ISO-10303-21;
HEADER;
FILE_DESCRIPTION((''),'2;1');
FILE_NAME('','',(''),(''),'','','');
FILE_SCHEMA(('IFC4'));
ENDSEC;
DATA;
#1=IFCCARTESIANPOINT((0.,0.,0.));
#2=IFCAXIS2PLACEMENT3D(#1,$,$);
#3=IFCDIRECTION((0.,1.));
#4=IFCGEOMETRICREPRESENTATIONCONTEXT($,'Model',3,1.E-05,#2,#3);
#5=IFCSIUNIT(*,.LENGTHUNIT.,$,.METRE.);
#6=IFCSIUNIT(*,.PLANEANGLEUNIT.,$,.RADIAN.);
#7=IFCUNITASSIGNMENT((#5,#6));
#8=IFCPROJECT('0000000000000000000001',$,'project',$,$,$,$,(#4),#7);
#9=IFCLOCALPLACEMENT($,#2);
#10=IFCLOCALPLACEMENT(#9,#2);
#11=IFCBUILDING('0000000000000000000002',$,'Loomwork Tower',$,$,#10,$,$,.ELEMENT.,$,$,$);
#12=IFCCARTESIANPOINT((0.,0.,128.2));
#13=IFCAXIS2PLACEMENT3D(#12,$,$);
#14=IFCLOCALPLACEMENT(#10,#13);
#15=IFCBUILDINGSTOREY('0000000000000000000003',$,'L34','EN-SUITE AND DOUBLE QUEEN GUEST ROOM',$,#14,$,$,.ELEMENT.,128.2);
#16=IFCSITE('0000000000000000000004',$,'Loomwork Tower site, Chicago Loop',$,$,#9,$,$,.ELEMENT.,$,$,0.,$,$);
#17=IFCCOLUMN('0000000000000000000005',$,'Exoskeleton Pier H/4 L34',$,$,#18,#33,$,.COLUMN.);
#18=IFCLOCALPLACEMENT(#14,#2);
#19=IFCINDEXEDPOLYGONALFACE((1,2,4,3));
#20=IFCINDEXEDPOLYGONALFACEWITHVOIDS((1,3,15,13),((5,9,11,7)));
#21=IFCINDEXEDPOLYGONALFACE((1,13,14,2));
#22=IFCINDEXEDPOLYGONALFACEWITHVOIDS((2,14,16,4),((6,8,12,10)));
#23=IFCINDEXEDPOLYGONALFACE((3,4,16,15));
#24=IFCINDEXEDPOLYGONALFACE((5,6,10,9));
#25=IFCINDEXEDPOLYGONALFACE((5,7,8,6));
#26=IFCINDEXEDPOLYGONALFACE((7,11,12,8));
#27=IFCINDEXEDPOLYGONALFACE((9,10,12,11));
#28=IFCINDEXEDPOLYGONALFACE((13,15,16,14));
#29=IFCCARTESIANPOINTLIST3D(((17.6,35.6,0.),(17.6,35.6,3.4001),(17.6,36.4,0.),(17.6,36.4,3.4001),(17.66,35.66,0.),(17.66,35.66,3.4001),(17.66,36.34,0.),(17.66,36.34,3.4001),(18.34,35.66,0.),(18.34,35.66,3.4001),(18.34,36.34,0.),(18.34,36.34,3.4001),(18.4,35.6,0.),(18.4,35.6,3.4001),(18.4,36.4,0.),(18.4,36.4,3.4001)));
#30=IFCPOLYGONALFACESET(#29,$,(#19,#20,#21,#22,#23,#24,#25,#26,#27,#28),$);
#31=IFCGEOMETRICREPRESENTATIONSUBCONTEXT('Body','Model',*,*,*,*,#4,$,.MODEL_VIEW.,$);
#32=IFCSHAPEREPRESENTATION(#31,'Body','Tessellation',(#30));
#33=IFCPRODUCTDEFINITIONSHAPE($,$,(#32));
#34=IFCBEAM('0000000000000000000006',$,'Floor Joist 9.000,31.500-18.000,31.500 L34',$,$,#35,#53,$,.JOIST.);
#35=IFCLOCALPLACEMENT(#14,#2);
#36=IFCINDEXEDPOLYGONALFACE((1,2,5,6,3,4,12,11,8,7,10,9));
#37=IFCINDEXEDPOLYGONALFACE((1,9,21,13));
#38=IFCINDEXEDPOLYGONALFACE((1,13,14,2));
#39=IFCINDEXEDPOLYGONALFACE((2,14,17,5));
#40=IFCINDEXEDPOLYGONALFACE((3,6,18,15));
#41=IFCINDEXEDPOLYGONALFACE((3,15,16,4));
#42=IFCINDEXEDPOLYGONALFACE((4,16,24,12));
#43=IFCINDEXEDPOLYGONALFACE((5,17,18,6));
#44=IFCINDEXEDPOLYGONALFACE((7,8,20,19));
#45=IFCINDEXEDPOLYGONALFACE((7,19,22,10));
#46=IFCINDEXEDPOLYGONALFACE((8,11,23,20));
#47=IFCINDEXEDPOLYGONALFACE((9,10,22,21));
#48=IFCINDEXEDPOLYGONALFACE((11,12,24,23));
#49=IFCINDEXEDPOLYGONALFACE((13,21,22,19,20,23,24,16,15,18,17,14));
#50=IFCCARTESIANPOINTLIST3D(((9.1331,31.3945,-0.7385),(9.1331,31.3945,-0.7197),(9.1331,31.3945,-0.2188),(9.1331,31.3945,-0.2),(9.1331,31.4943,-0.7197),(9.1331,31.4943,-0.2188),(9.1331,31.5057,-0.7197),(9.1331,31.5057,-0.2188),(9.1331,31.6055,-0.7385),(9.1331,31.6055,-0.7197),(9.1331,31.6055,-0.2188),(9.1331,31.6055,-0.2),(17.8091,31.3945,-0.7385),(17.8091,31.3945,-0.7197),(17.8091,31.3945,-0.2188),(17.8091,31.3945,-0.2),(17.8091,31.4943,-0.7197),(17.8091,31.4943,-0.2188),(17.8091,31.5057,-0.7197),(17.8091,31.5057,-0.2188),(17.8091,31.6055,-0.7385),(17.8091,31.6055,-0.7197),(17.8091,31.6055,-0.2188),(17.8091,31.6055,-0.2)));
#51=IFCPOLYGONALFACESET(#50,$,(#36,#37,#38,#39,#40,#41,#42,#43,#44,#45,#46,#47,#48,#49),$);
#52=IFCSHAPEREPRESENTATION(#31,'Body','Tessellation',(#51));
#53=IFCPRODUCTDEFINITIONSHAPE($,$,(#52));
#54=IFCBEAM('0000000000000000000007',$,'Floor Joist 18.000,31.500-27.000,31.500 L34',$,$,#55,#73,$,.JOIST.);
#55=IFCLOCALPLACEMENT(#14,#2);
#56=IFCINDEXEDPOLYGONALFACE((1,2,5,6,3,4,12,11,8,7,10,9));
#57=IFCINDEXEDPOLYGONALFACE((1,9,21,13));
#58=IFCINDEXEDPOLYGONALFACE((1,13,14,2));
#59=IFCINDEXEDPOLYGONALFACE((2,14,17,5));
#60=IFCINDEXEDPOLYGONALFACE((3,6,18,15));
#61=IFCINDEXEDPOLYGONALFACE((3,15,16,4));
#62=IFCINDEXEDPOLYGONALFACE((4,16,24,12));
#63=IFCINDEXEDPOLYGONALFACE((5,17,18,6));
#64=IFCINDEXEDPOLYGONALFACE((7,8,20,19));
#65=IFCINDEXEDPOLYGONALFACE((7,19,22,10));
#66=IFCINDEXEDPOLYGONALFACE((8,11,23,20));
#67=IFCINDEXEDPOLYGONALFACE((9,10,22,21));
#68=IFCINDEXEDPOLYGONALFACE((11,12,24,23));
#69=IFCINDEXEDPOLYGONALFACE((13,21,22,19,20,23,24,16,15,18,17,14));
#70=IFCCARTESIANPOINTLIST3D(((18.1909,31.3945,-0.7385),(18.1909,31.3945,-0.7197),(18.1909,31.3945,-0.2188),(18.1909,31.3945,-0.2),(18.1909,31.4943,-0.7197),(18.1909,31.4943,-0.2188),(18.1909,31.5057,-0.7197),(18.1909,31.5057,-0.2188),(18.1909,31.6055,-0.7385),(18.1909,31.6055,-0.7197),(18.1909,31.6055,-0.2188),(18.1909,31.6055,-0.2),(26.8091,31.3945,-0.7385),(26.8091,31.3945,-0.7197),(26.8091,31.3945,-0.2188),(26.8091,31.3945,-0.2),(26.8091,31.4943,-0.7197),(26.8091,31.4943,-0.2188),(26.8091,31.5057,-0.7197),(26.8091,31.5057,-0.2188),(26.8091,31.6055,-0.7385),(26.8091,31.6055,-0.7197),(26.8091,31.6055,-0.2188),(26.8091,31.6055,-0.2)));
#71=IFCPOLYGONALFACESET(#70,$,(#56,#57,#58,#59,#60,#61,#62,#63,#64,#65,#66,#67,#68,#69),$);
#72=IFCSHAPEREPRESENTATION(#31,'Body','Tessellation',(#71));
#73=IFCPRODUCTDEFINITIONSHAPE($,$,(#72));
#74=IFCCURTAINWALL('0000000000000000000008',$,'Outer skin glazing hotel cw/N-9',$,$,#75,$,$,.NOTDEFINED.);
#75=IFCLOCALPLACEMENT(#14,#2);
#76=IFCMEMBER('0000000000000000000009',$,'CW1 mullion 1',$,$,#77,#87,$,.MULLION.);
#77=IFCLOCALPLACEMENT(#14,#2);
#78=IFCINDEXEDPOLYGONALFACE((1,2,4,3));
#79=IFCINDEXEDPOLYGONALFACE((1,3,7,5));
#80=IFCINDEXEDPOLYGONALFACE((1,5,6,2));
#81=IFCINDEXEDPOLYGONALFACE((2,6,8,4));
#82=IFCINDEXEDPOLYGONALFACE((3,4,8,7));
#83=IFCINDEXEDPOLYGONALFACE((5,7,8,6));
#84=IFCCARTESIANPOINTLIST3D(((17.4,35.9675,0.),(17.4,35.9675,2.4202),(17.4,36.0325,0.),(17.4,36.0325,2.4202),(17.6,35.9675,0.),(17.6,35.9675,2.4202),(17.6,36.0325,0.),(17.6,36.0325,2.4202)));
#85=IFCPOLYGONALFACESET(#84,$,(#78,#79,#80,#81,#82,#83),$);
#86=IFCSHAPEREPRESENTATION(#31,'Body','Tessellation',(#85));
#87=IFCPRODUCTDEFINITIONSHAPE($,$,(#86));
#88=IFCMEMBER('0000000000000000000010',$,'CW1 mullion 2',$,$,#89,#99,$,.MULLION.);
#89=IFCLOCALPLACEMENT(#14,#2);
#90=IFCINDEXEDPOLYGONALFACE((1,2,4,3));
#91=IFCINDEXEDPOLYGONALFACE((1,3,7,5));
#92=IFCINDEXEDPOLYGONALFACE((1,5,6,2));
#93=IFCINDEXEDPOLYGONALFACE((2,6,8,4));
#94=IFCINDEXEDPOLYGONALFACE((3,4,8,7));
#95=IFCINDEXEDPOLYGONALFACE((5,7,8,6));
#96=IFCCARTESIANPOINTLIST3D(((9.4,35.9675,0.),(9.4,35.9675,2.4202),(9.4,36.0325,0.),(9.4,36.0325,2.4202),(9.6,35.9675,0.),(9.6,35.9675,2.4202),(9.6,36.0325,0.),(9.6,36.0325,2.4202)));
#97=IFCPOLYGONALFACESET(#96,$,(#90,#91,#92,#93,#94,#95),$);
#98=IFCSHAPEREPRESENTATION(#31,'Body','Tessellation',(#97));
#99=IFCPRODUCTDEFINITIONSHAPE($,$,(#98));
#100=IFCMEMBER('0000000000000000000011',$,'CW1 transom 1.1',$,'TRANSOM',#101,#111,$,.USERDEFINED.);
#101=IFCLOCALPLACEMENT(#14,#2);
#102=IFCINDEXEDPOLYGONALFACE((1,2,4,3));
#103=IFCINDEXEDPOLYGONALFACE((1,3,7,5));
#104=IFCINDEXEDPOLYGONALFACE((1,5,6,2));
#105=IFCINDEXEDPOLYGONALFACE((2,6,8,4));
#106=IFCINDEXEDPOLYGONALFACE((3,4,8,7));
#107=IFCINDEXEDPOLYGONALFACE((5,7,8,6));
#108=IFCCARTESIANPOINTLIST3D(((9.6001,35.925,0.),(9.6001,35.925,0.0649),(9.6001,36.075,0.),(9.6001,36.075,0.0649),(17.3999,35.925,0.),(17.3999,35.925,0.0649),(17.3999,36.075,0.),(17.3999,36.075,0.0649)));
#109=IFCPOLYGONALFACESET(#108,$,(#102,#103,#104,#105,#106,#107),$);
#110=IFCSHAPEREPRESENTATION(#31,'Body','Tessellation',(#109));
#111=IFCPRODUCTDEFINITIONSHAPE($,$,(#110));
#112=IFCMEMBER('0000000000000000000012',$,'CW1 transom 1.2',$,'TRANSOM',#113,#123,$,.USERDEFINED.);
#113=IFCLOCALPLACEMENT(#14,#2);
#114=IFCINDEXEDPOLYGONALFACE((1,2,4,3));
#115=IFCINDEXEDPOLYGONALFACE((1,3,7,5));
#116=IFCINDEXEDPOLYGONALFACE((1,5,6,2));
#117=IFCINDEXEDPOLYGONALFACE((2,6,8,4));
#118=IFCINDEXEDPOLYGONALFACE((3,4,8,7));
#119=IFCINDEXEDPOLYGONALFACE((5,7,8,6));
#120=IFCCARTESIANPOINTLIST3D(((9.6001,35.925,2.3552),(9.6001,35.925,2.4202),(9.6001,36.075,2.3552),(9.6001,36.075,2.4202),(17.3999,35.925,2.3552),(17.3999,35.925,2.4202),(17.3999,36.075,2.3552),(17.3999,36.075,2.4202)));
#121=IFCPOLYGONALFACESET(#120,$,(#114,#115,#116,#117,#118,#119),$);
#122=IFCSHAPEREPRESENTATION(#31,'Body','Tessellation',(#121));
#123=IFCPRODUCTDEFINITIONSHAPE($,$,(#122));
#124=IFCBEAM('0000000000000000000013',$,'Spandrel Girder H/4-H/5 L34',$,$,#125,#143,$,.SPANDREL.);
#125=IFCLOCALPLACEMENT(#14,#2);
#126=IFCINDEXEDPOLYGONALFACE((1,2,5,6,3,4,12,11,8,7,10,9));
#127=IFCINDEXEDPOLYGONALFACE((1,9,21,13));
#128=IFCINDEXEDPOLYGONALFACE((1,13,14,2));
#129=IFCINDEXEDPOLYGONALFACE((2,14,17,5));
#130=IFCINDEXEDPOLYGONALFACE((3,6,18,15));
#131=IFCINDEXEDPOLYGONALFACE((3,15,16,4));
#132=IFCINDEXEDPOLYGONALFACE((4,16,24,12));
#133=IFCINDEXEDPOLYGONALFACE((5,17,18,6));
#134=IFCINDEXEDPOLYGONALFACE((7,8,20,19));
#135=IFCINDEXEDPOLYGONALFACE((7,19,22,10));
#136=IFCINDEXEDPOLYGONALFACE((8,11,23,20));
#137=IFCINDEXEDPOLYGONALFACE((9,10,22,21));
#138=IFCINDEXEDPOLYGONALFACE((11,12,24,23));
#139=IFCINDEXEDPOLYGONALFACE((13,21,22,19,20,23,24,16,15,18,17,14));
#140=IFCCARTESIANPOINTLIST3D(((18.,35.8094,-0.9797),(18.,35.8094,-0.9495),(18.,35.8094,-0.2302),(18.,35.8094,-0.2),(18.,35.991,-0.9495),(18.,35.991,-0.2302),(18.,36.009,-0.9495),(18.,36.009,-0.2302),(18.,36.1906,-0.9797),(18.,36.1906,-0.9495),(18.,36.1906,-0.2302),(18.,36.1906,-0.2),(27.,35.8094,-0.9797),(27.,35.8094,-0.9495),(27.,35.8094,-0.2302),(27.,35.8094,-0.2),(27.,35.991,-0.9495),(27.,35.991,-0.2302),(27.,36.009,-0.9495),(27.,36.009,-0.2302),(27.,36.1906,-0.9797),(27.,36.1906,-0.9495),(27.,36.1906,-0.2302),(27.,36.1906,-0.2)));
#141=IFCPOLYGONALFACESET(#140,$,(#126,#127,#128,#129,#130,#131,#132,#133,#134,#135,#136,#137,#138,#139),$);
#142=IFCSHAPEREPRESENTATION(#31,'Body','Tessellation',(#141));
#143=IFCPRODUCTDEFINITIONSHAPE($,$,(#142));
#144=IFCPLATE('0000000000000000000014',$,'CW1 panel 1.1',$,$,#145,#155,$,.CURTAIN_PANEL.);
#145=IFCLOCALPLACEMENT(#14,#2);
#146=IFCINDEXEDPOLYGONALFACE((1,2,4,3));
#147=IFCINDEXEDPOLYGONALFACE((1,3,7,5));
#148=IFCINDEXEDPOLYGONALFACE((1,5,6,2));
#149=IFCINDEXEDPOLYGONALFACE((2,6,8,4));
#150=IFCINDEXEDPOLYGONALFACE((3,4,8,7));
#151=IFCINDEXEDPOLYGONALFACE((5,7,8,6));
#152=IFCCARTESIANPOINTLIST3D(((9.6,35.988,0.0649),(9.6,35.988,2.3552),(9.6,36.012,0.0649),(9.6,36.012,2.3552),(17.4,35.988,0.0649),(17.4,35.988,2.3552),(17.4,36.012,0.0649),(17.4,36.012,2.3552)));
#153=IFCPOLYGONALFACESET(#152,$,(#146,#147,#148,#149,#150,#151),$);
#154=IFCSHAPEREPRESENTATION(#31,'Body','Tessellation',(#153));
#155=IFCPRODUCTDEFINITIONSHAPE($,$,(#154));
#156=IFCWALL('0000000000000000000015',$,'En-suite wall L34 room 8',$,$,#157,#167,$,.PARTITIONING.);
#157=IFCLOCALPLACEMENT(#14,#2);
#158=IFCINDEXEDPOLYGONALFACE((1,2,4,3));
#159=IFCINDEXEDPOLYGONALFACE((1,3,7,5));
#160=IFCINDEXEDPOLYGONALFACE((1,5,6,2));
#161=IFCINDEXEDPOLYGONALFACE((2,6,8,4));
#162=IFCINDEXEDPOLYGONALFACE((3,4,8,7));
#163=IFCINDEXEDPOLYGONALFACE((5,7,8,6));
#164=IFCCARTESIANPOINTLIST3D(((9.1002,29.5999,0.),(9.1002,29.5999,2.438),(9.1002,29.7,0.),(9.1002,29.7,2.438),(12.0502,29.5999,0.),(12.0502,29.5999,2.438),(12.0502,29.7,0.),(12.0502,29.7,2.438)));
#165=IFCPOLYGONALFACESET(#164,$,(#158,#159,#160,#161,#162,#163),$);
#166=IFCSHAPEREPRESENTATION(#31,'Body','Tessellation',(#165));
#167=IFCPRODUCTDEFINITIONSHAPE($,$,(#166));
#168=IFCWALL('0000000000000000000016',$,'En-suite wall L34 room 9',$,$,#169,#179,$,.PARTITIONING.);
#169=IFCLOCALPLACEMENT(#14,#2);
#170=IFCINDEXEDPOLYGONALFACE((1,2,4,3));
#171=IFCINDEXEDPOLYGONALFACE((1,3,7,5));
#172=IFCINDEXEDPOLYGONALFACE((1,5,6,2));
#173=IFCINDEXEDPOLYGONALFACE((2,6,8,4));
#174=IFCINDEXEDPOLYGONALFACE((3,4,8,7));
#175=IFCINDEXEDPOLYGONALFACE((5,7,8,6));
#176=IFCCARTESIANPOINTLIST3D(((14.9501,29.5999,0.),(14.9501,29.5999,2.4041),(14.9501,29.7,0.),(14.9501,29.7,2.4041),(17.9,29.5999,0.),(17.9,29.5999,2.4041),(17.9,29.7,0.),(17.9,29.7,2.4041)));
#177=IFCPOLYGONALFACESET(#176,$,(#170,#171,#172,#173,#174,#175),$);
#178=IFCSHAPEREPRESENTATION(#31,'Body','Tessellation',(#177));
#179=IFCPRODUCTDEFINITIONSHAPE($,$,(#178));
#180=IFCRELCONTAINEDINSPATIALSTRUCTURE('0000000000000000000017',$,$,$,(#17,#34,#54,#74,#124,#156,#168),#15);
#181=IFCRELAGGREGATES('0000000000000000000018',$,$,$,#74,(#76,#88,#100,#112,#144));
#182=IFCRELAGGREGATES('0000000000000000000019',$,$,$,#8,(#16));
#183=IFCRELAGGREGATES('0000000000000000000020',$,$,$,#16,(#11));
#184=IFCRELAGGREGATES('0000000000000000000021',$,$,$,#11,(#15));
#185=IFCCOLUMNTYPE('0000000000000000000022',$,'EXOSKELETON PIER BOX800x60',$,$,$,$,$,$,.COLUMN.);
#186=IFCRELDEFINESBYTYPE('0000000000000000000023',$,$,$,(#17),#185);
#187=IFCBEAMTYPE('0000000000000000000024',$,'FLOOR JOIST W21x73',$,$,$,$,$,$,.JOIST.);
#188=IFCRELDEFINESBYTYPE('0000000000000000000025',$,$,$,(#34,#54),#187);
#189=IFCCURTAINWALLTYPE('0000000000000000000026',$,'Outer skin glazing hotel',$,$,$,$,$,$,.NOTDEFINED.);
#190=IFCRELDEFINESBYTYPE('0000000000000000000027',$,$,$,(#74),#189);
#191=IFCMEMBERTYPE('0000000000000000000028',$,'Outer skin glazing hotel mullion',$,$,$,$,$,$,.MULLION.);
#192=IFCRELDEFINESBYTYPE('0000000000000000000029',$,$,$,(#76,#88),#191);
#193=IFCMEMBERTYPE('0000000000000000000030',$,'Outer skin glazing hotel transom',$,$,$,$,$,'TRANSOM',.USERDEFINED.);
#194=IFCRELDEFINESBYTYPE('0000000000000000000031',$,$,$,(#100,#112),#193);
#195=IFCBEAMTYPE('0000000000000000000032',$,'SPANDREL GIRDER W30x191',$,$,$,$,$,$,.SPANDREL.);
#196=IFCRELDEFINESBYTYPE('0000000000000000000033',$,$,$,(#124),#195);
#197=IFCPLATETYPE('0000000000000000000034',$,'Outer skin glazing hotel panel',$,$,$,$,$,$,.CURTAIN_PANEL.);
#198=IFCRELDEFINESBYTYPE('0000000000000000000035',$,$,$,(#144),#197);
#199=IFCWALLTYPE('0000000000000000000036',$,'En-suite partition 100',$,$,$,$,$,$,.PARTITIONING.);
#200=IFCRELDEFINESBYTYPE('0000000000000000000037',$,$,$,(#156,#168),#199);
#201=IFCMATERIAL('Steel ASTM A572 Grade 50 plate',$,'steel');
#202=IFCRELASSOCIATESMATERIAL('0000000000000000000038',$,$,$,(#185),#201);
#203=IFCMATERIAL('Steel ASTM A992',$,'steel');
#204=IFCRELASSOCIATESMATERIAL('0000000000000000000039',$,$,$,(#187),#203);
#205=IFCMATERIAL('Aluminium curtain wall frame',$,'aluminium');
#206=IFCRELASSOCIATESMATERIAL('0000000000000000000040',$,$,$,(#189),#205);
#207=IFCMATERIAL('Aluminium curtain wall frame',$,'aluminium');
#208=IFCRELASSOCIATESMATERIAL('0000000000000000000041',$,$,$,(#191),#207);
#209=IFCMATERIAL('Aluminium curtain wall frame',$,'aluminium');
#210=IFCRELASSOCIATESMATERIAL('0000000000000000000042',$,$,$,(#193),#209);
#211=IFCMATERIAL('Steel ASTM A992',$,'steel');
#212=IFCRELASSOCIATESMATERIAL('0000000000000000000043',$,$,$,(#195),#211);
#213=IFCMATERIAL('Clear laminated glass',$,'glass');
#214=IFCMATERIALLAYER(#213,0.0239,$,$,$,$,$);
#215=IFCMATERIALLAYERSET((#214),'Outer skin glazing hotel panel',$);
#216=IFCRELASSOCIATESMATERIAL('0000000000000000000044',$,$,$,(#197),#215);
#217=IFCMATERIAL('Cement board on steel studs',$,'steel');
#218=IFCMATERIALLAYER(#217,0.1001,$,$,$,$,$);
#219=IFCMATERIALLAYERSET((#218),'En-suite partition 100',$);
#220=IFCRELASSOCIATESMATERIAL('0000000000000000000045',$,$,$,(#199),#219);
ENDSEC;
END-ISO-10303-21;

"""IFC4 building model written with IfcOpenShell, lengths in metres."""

from ifc_helpers import new_model, si_unit, direction, frame, frame_2d, origin, origin_2d, place, context, subcontext, project, spatial, rectangle, hollow_rectangle, i_section, extrude, material, layer, layer_set, material_profile, profile_set, type_object, element, aggregate, save


model = new_model("IFC4")

# Units and contexts
model_context = context("Model", 3, precision=1e-05, world=origin(), true_north=direction((0.0, 1.0)))
body_context = subcontext(model_context, "Body", "Model", "MODEL_VIEW")
ifc_project = project(units=[si_unit("LENGTHUNIT", "METRE"), si_unit("PLANEANGLEUNIT", "RADIAN")], contexts=[model_context])

# Site, building, storey
site_placement = place(None, origin())
site = spatial("IfcSite", under=ifc_project, at=site_placement, Name="Loomwork Tower site, Chicago Loop", CompositionType="ELEMENT", RefElevation=0.0)
building_placement = place(site_placement, origin())
building = spatial("IfcBuilding", under=site, at=building_placement, Name="Loomwork Tower", CompositionType="ELEMENT")
storey_placement = place(building_placement, frame((0.0, 0.0, 128.2)))
storey = spatial("IfcBuildingStorey", under=building, at=storey_placement, Name="L34", Description="EN-SUITE AND DOUBLE QUEEN GUEST ROOM", CompositionType="ELEMENT", Elevation=128.2)

# Column
ifc_material_1 = material(Name="Steel ASTM A572 Grade 50 plate", Category="steel")
ifc_material_profile_1 = material_profile(ifc_material_1, hollow_rectangle(XDim=0.8, YDim=0.8, WallThickness=0.0601, at=origin_2d()), Name="BOX800x60")
ifc_profile_set_1 = profile_set([ifc_material_profile_1], Name="Steel ASTM A572 Grade 50 plate")
column_type = type_object("IfcColumnType", Name="EXOSKELETON PIER BOX800x60", PredefinedType="COLUMN", material=ifc_profile_set_1)
column_placement = place(storey_placement, frame((18.0, 36.0, 0.0), z_axis=(0.0, 0.0, 1.0), x_axis=(1.0, 0.0, 0.0)))
element("IfcColumn", 1, at=column_placement, inside=storey, type_object=column_type, Name="Exoskeleton Pier H/4 L34", PredefinedType="COLUMN", context=body_context, shape_type="SweptSolid", body=[
    extrude(hollow_rectangle(XDim=0.8, YDim=0.8, WallThickness=0.0601, at=origin_2d()), origin(), (0.0, 0.0, 1.0), 3.4001),
])

# Beams
ifc_material_2 = material(Name="Steel ASTM A992", Category="steel")
ifc_material_profile_2 = material_profile(ifc_material_2, i_section(OverallWidth=0.2109, OverallDepth=0.5386, WebThickness=0.0115, FlangeThickness=0.0188, at=origin_2d()), Name="W21x73")
ifc_profile_set_2 = profile_set([ifc_material_profile_2], Name="Steel ASTM A992")
beam_type_1 = type_object("IfcBeamType", Name="FLOOR JOIST W21x73", PredefinedType="JOIST", material=ifc_profile_set_2)
beam_1_placement = place(storey_placement, frame((9.1331, 31.5, -0.4692), z_axis=(1.0, 0.0, 0.0), x_axis=(0.0, 1.0, 0.0)))
element("IfcBeam", 2, at=beam_1_placement, inside=storey, type_object=beam_type_1, Name="Floor Joist 9.000,31.500-18.000,31.500 L34", PredefinedType="JOIST", context=body_context, shape_type="SweptSolid", body=[
    extrude(i_section(OverallWidth=0.2109, OverallDepth=0.5386, WebThickness=0.0115, FlangeThickness=0.0188, at=origin_2d()), origin(), (0.0, 0.0, 1.0), 8.676),
])
beam_2_placement = place(storey_placement, frame((18.1909, 31.5, -0.4692), z_axis=(1.0, 0.0, 0.0), x_axis=(0.0, 1.0, 0.0)))
element("IfcBeam", 3, at=beam_2_placement, inside=storey, type_object=beam_type_1, Name="Floor Joist 18.000,31.500-27.000,31.500 L34", PredefinedType="JOIST", context=body_context, shape_type="SweptSolid", body=[
    extrude(i_section(OverallWidth=0.2109, OverallDepth=0.5386, WebThickness=0.0115, FlangeThickness=0.0188, at=origin_2d()), origin(), (0.0, 0.0, 1.0), 8.6182),
])

# Curtain wall, members
ifc_material_3 = material(Name="Aluminium curtain wall frame", Category="aluminium")
curtain_wall_type = type_object("IfcCurtainWallType", Name="Outer skin glazing hotel", PredefinedType="NOTDEFINED", material=ifc_material_3)
curtain_wall_placement = place(storey_placement, origin())
curtain_wall = element("IfcCurtainWall", 4, at=curtain_wall_placement, inside=storey, type_object=curtain_wall_type, Name="Outer skin glazing hotel cw/N-9", PredefinedType="NOTDEFINED")
ifc_material_4 = material(Name="Aluminium curtain wall frame", Category="aluminium")
ifc_material_profile_3 = material_profile(ifc_material_4, rectangle(XDim=0.0649, YDim=0.2, at=origin_2d()), Name="AL 65x200")
ifc_profile_set_3 = profile_set([ifc_material_profile_3], Name="Aluminium curtain wall frame")
member_type_1 = type_object("IfcMemberType", Name="Outer skin glazing hotel mullion", PredefinedType="MULLION", material=ifc_profile_set_3)
member_1_placement = place(storey_placement, frame((17.5, 36.0, 0.0), z_axis=(0.0, 0.0, 1.0), x_axis=(0.0, -1.0, 0.0)))
member_1 = element("IfcMember", 5, at=member_1_placement, type_object=member_type_1, Name="CW1 mullion 1", PredefinedType="MULLION", context=body_context, shape_type="SweptSolid", body=[
    extrude(rectangle(XDim=0.0649, YDim=0.2, at=origin_2d()), origin(), (0.0, 0.0, 1.0), 2.4202),
])
member_2_placement = place(storey_placement, frame((9.5, 36.0, 0.0), z_axis=(0.0, 0.0, 1.0), x_axis=(0.0, -1.0, 0.0)))
member_2 = element("IfcMember", 6, at=member_2_placement, type_object=member_type_1, Name="CW1 mullion 2", PredefinedType="MULLION", context=body_context, shape_type="SweptSolid", body=[
    extrude(rectangle(XDim=0.0649, YDim=0.2, at=origin_2d()), origin(), (0.0, 0.0, 1.0), 2.4202),
])
ifc_material_5 = material(Name="Aluminium curtain wall frame", Category="aluminium")
ifc_material_profile_4 = material_profile(ifc_material_5, rectangle(XDim=0.1499, YDim=0.0649, at=origin_2d()), Name="AL 65x150")
ifc_profile_set_4 = profile_set([ifc_material_profile_4], Name="Aluminium curtain wall frame")
member_type_2 = type_object("IfcMemberType", Name="Outer skin glazing hotel transom", ElementType="TRANSOM", PredefinedType="USERDEFINED", material=ifc_profile_set_4)
member_3_placement = place(storey_placement, frame((17.3999, 36.0, 0.0325), z_axis=(-1.0, 0.0, 0.0), x_axis=(0.0, -1.0, 0.0)))
member_3 = element("IfcMember", 7, at=member_3_placement, type_object=member_type_2, Name="CW1 transom 1.1", ObjectType="TRANSOM", PredefinedType="USERDEFINED", context=body_context, shape_type="SweptSolid", body=[
    extrude(rectangle(XDim=0.1499, YDim=0.0649, at=origin_2d()), origin(), (0.0, 0.0, 1.0), 7.7998),
])
member_4_placement = place(storey_placement, frame((17.3999, 36.0, 2.3877), z_axis=(-1.0, 0.0, 0.0), x_axis=(0.0, -1.0, 0.0)))
member_4 = element("IfcMember", 8, at=member_4_placement, type_object=member_type_2, Name="CW1 transom 1.2", ObjectType="TRANSOM", PredefinedType="USERDEFINED", context=body_context, shape_type="SweptSolid", body=[
    extrude(rectangle(XDim=0.1499, YDim=0.0649, at=origin_2d()), origin(), (0.0, 0.0, 1.0), 7.7998),
])

# Beam
ifc_material_6 = material(Name="Steel ASTM A992", Category="steel")
ifc_material_profile_5 = material_profile(ifc_material_6, i_section(OverallWidth=0.3811, OverallDepth=0.7798, WebThickness=0.0181, FlangeThickness=0.0303, at=origin_2d()), Name="W30x191")
ifc_profile_set_5 = profile_set([ifc_material_profile_5], Name="Steel ASTM A992")
beam_type_2 = type_object("IfcBeamType", Name="SPANDREL GIRDER W30x191", PredefinedType="SPANDREL", material=ifc_profile_set_5)
beam_3_placement = place(storey_placement, frame((18.0, 36.0, -0.5898), z_axis=(1.0, 0.0, 0.0), x_axis=(0.0, 1.0, 0.0)))
element("IfcBeam", 9, at=beam_3_placement, inside=storey, type_object=beam_type_2, Name="Spandrel Girder H/4-H/5 L34", PredefinedType="SPANDREL", context=body_context, shape_type="SweptSolid", body=[
    extrude(i_section(OverallWidth=0.3811, OverallDepth=0.7798, WebThickness=0.0181, FlangeThickness=0.0303, at=origin_2d()), origin(), (0.0, 0.0, 1.0), 9.0),
])

# Plate
ifc_material_7 = material(Name="Clear laminated glass", Category="glass")
ifc_layer_1 = layer(ifc_material_7, 0.0239)
ifc_layer_set_1 = layer_set([ifc_layer_1], Name="Outer skin glazing hotel panel")
plate_type = type_object("IfcPlateType", Name="Outer skin glazing hotel panel", PredefinedType="CURTAIN_PANEL", material=ifc_layer_set_1)
plate_placement = place(storey_placement, frame((13.5, 36.0, 0.0649), z_axis=(0.0, 0.0, 1.0), x_axis=(-1.0, 0.0, 0.0)))
plate = element("IfcPlate", 10, at=plate_placement, type_object=plate_type, Name="CW1 panel 1.1", PredefinedType="CURTAIN_PANEL", context=body_context, shape_type="SweptSolid", body=[
    extrude(rectangle(XDim=7.8, YDim=0.0239, at=origin_2d()), origin(), (0.0, 0.0, 1.0), 2.2903),
])
aggregate(curtain_wall, [member_1, member_2, member_3, member_4, plate])

# Walls
ifc_material_8 = material(Name="Cement board on steel studs", Category="steel")
ifc_layer_2 = layer(ifc_material_8, 0.1001)
ifc_layer_set_2 = layer_set([ifc_layer_2], Name="En-suite partition 100")
wall_type_1 = type_object("IfcWallType", Name="En-suite partition 100", PredefinedType="PARTITIONING", material=ifc_layer_set_2)
wall_1_placement = place(storey_placement, frame((9.1001, 29.6499, 0.0), z_axis=(0.0, 0.0, 1.0), x_axis=(1.0, 0.0, 0.0)))
element("IfcWall", 11, at=wall_1_placement, inside=storey, type_object=wall_type_1, Name="En-suite wall L34 room 8", PredefinedType="PARTITIONING", context=body_context, shape_type="SweptSolid", body=[
    extrude(rectangle(XDim=2.95, YDim=0.1001, at=frame_2d((1.4751, 0.0))), origin(), (0.0, 0.0, 1.0), 2.438),
])
for number, where, z_axis, x_axis, name in (
    (12, (14.95, 29.6499, 0.0), (0.0, 0.0, 1.0), (1.0, 0.0, 0.0), "En-suite wall L34 room 9"),
):
    element("IfcWall", number, at=place(storey_placement, frame(where, z_axis=z_axis, x_axis=x_axis)), inside=storey, type_object=wall_type_1, Name=name, PredefinedType="PARTITIONING", context=body_context, shape_type="SweptSolid", body=[
        extrude(rectangle(XDim=2.95, YDim=0.1001, at=frame_2d((1.4751, 0.0))), origin(), (0.0, 0.0, 1.0), 2.4041),
    ])

save(model, "model.ifc")
